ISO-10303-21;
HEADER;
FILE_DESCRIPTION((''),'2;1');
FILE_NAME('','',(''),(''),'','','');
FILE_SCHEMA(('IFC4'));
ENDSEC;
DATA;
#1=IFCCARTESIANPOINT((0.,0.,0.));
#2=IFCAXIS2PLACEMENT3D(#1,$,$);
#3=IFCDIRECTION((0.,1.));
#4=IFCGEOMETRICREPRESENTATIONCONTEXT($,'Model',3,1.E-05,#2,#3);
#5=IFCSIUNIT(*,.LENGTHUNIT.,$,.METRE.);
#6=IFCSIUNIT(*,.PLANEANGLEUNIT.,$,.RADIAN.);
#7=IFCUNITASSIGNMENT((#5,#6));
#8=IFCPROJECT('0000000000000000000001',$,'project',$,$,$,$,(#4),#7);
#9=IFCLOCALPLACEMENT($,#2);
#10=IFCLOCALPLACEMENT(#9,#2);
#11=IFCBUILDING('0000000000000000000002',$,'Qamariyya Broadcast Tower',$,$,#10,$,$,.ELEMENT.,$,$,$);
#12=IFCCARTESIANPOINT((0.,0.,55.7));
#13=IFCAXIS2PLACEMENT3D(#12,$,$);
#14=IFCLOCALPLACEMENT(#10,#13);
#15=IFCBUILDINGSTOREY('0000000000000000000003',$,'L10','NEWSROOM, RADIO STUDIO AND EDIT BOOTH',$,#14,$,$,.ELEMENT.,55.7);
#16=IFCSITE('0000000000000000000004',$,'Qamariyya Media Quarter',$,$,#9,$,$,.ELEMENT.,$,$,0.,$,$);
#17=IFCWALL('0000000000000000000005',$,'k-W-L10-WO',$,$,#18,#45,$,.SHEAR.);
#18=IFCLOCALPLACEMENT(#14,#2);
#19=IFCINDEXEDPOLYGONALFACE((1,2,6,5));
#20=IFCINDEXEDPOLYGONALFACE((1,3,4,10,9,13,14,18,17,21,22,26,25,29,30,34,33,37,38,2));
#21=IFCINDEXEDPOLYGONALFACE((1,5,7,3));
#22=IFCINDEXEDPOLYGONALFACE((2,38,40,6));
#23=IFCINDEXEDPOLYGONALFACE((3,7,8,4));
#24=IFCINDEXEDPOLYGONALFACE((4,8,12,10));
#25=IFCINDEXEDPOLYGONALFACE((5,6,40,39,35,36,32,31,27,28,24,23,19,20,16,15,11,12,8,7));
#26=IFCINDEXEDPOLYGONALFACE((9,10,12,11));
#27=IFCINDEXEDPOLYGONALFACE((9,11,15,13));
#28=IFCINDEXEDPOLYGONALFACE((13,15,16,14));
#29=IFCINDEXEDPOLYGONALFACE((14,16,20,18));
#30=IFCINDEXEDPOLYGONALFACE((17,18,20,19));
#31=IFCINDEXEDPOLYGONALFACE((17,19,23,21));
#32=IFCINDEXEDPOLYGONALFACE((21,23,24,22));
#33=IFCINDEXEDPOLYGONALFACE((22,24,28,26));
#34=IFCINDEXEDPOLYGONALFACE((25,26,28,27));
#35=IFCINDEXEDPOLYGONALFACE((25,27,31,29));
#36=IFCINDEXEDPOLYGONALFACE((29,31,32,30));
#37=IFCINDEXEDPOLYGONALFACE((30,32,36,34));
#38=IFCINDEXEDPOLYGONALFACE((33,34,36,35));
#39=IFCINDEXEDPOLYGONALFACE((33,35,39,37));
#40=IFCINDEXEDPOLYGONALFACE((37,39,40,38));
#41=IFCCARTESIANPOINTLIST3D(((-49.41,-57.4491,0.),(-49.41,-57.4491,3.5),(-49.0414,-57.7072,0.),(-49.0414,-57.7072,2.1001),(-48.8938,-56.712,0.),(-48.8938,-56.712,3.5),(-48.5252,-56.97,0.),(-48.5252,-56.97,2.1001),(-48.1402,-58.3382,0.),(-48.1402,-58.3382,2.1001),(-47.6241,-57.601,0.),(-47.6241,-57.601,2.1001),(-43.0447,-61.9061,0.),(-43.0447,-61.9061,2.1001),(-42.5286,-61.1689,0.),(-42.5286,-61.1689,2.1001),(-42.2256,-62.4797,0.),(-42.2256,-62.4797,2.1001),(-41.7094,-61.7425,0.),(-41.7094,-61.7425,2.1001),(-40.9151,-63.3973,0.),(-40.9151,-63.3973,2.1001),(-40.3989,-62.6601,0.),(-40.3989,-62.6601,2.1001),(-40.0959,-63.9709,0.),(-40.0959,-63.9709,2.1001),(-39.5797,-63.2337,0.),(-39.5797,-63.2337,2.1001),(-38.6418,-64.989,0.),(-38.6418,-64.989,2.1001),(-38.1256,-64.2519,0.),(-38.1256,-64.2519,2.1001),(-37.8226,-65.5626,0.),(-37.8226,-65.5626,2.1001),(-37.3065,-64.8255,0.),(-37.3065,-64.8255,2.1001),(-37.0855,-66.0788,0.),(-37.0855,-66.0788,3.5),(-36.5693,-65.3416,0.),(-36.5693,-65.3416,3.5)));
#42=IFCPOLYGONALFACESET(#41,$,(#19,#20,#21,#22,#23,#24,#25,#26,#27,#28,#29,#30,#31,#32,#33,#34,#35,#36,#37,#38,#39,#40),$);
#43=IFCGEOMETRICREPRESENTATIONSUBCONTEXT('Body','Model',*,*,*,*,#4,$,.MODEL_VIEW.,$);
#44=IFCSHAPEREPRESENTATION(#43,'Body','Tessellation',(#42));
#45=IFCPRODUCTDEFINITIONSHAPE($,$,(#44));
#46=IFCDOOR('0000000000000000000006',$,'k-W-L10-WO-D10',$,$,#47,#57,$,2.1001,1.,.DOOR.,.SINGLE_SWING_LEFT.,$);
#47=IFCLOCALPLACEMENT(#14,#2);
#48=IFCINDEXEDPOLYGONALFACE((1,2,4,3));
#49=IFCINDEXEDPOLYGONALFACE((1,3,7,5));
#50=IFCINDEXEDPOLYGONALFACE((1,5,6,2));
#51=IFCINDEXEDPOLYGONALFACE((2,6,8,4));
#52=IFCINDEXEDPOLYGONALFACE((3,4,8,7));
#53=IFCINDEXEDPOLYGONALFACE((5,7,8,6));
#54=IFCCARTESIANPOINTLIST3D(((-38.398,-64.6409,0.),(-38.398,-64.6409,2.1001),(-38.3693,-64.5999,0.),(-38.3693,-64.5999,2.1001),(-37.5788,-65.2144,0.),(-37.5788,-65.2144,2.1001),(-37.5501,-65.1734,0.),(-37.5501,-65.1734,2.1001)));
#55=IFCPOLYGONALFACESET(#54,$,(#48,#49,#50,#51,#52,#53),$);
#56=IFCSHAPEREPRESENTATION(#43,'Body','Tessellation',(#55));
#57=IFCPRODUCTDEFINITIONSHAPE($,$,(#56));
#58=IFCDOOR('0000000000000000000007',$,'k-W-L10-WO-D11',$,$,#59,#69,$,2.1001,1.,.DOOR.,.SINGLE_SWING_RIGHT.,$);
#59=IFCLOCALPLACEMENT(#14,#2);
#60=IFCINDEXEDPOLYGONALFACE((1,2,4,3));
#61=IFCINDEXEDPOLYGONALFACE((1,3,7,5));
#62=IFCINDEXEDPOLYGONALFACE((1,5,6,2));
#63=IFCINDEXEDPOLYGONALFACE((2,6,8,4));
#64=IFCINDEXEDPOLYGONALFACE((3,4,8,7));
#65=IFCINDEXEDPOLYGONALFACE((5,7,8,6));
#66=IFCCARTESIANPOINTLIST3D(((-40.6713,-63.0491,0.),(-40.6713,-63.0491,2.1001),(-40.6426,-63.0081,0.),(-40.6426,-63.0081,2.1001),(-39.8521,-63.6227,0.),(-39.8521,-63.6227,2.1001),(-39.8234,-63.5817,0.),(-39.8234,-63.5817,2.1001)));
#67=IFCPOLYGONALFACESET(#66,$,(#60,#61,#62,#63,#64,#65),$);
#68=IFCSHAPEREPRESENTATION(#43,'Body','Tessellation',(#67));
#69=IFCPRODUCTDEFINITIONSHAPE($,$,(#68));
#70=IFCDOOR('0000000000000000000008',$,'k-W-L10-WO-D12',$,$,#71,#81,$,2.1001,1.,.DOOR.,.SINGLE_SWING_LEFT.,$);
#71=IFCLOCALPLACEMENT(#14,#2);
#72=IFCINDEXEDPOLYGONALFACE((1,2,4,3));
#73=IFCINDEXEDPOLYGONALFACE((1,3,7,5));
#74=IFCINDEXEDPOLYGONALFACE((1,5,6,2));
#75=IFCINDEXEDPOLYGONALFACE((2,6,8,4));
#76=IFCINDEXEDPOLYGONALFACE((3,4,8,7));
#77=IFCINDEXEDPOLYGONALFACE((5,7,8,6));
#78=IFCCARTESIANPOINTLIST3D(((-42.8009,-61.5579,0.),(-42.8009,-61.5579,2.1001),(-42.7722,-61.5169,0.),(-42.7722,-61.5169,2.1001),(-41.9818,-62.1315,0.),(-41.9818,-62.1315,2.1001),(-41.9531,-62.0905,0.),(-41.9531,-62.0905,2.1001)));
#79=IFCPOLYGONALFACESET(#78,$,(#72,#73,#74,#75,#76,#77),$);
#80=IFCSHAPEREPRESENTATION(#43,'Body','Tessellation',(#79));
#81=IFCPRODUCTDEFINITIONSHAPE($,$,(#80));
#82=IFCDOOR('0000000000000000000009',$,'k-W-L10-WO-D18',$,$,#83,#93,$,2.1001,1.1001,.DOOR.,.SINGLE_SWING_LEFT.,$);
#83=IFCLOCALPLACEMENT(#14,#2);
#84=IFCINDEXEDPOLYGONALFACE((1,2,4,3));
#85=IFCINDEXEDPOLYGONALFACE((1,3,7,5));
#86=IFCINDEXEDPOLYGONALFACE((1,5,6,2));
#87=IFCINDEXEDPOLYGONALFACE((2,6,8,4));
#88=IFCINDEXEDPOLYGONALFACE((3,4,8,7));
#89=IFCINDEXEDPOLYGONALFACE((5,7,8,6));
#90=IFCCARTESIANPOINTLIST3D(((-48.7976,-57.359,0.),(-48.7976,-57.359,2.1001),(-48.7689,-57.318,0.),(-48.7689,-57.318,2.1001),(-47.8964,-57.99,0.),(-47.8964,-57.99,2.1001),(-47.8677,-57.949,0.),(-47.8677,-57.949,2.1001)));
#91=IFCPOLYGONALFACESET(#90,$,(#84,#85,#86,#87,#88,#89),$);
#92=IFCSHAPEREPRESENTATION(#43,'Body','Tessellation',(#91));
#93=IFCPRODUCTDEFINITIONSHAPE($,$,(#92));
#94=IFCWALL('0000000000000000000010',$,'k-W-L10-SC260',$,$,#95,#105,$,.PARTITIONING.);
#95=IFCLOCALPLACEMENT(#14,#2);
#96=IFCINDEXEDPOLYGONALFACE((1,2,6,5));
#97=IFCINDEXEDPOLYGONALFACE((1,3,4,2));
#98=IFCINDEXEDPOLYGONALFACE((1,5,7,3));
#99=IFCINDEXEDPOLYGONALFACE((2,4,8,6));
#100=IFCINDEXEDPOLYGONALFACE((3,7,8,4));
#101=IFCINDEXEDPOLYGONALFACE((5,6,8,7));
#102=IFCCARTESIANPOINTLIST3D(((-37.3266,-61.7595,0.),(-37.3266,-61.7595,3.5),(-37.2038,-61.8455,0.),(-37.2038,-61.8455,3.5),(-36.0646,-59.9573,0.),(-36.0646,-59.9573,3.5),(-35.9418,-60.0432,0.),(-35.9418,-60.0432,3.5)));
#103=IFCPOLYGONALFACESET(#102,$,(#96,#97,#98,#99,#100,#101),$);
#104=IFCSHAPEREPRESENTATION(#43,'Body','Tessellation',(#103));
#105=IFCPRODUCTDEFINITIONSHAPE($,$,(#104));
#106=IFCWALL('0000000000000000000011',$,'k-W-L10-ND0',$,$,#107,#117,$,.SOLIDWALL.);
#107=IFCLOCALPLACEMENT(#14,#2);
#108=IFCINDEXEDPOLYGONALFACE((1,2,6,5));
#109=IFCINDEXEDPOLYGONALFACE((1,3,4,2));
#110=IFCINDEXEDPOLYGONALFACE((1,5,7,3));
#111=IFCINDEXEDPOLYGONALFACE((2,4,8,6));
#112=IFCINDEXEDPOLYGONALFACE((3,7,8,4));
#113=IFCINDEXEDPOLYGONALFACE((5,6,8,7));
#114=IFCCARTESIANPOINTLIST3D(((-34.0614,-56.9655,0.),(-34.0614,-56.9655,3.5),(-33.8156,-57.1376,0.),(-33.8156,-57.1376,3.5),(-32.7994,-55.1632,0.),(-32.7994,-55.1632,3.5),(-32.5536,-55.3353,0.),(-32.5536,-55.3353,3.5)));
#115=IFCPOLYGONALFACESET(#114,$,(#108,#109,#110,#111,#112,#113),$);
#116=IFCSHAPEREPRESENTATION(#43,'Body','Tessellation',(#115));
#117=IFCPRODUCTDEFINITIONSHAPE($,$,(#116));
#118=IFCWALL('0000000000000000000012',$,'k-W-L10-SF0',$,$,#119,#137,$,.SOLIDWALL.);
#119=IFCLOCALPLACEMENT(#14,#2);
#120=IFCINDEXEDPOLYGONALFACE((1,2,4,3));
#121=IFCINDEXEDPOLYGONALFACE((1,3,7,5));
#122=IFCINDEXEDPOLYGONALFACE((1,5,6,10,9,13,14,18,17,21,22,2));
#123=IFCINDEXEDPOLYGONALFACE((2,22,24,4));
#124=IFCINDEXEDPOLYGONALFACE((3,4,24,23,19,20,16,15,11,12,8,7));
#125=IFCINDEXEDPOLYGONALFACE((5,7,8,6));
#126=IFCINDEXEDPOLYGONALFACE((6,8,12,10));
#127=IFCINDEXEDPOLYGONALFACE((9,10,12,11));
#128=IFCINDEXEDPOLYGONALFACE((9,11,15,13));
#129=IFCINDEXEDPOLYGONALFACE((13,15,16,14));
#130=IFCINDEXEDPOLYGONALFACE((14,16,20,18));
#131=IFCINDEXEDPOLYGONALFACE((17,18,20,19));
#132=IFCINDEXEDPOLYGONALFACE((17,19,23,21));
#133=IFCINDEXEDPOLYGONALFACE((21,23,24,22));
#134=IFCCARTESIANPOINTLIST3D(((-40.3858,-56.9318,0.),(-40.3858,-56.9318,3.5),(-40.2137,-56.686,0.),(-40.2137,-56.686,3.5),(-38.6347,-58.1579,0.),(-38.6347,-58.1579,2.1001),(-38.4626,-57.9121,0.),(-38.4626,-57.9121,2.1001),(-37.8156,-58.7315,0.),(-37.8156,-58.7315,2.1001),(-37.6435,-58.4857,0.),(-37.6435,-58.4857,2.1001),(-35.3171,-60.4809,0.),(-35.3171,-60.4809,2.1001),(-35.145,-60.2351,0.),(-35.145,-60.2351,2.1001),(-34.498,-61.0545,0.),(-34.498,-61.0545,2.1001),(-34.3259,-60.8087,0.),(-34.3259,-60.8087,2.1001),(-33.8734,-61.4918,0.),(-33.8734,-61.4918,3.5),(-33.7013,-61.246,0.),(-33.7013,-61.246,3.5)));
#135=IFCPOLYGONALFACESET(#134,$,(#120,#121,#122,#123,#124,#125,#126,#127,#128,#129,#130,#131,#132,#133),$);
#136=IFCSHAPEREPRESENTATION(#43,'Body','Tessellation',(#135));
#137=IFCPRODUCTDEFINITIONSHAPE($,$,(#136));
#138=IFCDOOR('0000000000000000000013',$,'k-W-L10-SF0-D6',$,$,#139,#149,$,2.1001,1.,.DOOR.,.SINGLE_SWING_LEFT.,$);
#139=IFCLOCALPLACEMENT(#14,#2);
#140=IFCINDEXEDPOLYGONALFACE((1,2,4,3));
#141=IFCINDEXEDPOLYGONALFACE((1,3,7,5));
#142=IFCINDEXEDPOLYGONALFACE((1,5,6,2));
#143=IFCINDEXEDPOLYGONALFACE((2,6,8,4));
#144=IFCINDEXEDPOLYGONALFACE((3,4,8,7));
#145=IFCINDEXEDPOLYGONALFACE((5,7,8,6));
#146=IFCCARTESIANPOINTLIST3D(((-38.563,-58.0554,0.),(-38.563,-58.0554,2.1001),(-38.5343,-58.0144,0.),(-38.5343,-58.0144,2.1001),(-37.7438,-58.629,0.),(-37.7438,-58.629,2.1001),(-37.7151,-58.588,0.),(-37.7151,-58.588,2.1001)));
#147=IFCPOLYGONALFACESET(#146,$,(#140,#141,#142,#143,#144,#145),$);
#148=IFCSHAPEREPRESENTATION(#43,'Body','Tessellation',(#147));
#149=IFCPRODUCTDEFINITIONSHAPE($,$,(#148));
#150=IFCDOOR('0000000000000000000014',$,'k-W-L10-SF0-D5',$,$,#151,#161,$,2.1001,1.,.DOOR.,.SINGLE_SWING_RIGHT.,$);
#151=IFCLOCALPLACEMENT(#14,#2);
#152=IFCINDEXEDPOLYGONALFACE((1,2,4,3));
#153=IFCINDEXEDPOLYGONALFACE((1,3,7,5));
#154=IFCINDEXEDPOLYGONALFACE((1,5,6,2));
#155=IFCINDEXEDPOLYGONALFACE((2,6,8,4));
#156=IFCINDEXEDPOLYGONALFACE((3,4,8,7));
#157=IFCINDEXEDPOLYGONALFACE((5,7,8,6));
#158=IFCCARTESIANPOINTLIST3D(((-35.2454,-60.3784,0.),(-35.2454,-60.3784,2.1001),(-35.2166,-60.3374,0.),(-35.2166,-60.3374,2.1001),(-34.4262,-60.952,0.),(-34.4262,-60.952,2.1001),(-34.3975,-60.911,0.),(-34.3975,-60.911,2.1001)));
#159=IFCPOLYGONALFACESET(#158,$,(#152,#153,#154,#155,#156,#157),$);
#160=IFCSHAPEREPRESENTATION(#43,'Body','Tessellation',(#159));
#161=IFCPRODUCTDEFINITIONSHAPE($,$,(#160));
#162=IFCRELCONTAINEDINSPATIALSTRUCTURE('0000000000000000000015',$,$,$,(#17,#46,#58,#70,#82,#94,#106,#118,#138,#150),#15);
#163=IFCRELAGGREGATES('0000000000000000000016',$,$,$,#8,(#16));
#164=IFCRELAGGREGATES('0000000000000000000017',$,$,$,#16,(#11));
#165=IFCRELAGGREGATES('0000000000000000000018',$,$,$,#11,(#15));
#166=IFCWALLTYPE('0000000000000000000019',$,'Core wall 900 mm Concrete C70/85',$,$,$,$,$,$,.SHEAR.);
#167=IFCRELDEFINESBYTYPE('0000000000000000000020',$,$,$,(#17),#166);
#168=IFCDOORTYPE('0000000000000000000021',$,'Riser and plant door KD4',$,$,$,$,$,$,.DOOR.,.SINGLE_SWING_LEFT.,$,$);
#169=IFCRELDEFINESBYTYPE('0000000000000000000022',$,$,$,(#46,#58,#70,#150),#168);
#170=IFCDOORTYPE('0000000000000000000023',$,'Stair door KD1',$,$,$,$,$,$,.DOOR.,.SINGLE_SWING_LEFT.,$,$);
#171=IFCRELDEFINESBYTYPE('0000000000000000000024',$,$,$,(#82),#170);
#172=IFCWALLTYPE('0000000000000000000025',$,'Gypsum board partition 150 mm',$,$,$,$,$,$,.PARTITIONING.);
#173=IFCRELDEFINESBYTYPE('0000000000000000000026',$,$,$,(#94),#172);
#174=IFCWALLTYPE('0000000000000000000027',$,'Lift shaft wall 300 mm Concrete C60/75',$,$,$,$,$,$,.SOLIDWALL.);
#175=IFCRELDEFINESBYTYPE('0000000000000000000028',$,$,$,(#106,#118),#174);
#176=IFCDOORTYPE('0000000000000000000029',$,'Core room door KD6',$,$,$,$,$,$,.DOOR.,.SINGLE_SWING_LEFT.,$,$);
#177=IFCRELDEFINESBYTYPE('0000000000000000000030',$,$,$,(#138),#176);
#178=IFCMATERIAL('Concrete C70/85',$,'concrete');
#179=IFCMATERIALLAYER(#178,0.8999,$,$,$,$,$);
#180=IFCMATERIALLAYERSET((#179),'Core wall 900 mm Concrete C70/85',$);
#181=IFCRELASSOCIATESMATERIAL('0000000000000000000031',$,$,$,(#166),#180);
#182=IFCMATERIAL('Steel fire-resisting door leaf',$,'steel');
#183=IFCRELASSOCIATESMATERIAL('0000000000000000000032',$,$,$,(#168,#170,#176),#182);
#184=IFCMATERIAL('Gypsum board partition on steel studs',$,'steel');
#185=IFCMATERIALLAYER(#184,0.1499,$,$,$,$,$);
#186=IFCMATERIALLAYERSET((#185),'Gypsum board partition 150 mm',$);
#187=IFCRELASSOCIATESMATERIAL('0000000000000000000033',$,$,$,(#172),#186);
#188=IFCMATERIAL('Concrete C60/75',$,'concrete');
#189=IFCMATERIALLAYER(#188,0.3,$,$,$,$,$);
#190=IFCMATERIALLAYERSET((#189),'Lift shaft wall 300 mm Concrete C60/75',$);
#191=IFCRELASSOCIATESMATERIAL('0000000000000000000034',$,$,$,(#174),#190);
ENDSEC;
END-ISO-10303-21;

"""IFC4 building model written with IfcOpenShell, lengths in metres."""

from ifc_helpers import new_model, si_unit, direction, frame, frame_2d, origin, place, context, subcontext, project, spatial, rectangle, extrude, material, layer, layer_set, type_object, element, fill, save


model = new_model("IFC4")

# Units and contexts
model_context = context("Model", 3, precision=1e-05, world=origin(), true_north=direction((0.0, 1.0)))
body_context = subcontext(model_context, "Body", "Model", "MODEL_VIEW")
ifc_project = project(units=[si_unit("LENGTHUNIT", "METRE"), si_unit("PLANEANGLEUNIT", "RADIAN")], contexts=[model_context])

# Site, building, storey
site_placement = place(None, origin())
site = spatial("IfcSite", under=ifc_project, at=site_placement, Name="Qamariyya Media Quarter", CompositionType="ELEMENT", RefElevation=0.0)
building_placement = place(site_placement, origin())
building = spatial("IfcBuilding", under=site, at=building_placement, Name="Qamariyya Broadcast Tower", CompositionType="ELEMENT")
storey_placement = place(building_placement, frame((0.0, 0.0, 55.7)))
storey = spatial("IfcBuildingStorey", under=building, at=storey_placement, Name="L10", Description="NEWSROOM, RADIO STUDIO AND EDIT BOOTH", CompositionType="ELEMENT", Elevation=55.7)

# Shared definitions
ifc_material_1 = material(Name="Concrete C70/85", Category="concrete")

# Shared definitions
ifc_layer_1 = layer(ifc_material_1, 0.8999)
ifc_layer_set_1 = layer_set([ifc_layer_1], Name="Core wall 900 mm Concrete C70/85")
wall_type_1 = type_object("IfcWallType", Name="Core wall 900 mm Concrete C70/85", PredefinedType="SHEAR", material=ifc_layer_set_1)
ifc_material_2 = material(Name="Steel fire-resisting door leaf", Category="steel")

# Wall, openings, doors
wall_1_placement = place(storey_placement, frame((-36.8274, -65.7102, 0.0), z_axis=(0.0, 0.0, 1.0), x_axis=(-0.819153, 0.573575, 0.0)))
wall_1 = element("IfcWall", 1, at=wall_1_placement, inside=storey, type_object=wall_type_1, Name="k-W-L10-WO", PredefinedType="SHEAR", context=body_context, shape_type="SweptSolid", body=[
    extrude(rectangle(XDim=15.0454, YDim=0.8999, at=frame_2d((7.5227, 0.0))), origin(), (0.0, 0.0, 1.0), 3.5),
])
opening_1_placement = place(wall_1_placement, frame((0.8999, 0.0, 0.0)))
opening_1 = element("IfcOpeningElement", 2, at=opening_1_placement, cuts=wall_1, PredefinedType="OPENING", context=body_context, shape_type="SweptSolid", body=[
    extrude(rectangle(XDim=1.0, YDim=2.1001, at=frame_2d((0.5, 1.05))), frame((0.0, 0.46, 0.0), z_axis=(0.0, -1.0, 0.0), x_axis=(1.0, 0.0, 0.0)), (0.0, 0.0, 1.0), 0.9199),
])
opening_2_placement = place(wall_1_placement, frame((3.675, 0.0, 0.0)))
opening_2 = element("IfcOpeningElement", 3, at=opening_2_placement, cuts=wall_1, PredefinedType="OPENING", context=body_context, shape_type="SweptSolid", body=[
    extrude(rectangle(XDim=1.0, YDim=2.1001, at=frame_2d((0.5, 1.05))), frame((0.0, 0.46, 0.0), z_axis=(0.0, -1.0, 0.0), x_axis=(1.0, 0.0, 0.0)), (0.0, 0.0, 1.0), 0.9199),
])
opening_3_placement = place(wall_1_placement, frame((6.2749, 0.0, 0.0)))
opening_3 = element("IfcOpeningElement", 4, at=opening_3_placement, cuts=wall_1, PredefinedType="OPENING", context=body_context, shape_type="SweptSolid", body=[
    extrude(rectangle(XDim=1.0, YDim=2.1001, at=frame_2d((0.5, 1.05))), frame((0.0, 0.46, 0.0), z_axis=(0.0, -1.0, 0.0), x_axis=(1.0, 0.0, 0.0)), (0.0, 0.0, 1.0), 0.9199),
])
opening_4_placement = place(wall_1_placement, frame((13.4954, 0.0, 0.0)))
opening_4 = element("IfcOpeningElement", 5, at=opening_4_placement, cuts=wall_1, PredefinedType="OPENING", context=body_context, shape_type="SweptSolid", body=[
    extrude(rectangle(XDim=1.1001, YDim=2.1001, at=frame_2d((0.55, 1.05))), frame((0.0, 0.46, 0.0), z_axis=(0.0, -1.0, 0.0), x_axis=(1.0, 0.0, 0.0)), (0.0, 0.0, 1.0), 0.9199),
])
door_type_1 = type_object("IfcDoorType", Name="Riser and plant door KD4", OperationType="SINGLE_SWING_LEFT", PredefinedType="DOOR", material=ifc_material_2)
door_1_placement = place(opening_1_placement, origin())
door_1 = element("IfcDoor", 6, at=door_1_placement, inside=storey, type_object=door_type_1, Name="k-W-L10-WO-D10", OperationType="SINGLE_SWING_LEFT", OverallHeight=2.1001, OverallWidth=1.0, PredefinedType="DOOR", context=body_context, shape_type="SweptSolid", body=[
    extrude(rectangle(XDim=1.0, YDim=2.1001, at=frame_2d((0.5, 1.05))), frame((0.0, 0.0249, 0.0), z_axis=(0.0, -1.0, 0.0), x_axis=(1.0, 0.0, 0.0)), (0.0, 0.0, 1.0), 0.05),
])
fill(opening_1, door_1)
door_2_placement = place(opening_2_placement, origin())
door_2 = element("IfcDoor", 7, at=door_2_placement, inside=storey, type_object=door_type_1, Name="k-W-L10-WO-D11", OperationType="SINGLE_SWING_RIGHT", OverallHeight=2.1001, OverallWidth=1.0, PredefinedType="DOOR", context=body_context, shape_type="SweptSolid", body=[
    extrude(rectangle(XDim=1.0, YDim=2.1001, at=frame_2d((0.5, 1.05))), frame((0.0, 0.0249, 0.0), z_axis=(0.0, -1.0, 0.0), x_axis=(1.0, 0.0, 0.0)), (0.0, 0.0, 1.0), 0.05),
])
fill(opening_2, door_2)
door_3_placement = place(opening_3_placement, origin())
door_3 = element("IfcDoor", 8, at=door_3_placement, inside=storey, type_object=door_type_1, Name="k-W-L10-WO-D12", OperationType="SINGLE_SWING_LEFT", OverallHeight=2.1001, OverallWidth=1.0, PredefinedType="DOOR", context=body_context, shape_type="SweptSolid", body=[
    extrude(rectangle(XDim=1.0, YDim=2.1001, at=frame_2d((0.5, 1.05))), frame((0.0, 0.0249, 0.0), z_axis=(0.0, -1.0, 0.0), x_axis=(1.0, 0.0, 0.0)), (0.0, 0.0, 1.0), 0.05),
])
fill(opening_3, door_3)
door_type_2 = type_object("IfcDoorType", Name="Stair door KD1", OperationType="SINGLE_SWING_LEFT", PredefinedType="DOOR", material=ifc_material_2)
door_4_placement = place(opening_4_placement, origin())
door_4 = element("IfcDoor", 9, at=door_4_placement, inside=storey, type_object=door_type_2, Name="k-W-L10-WO-D18", OperationType="SINGLE_SWING_LEFT", OverallHeight=2.1001, OverallWidth=1.1001, PredefinedType="DOOR", context=body_context, shape_type="SweptSolid", body=[
    extrude(rectangle(XDim=1.1001, YDim=2.1001, at=frame_2d((0.55, 1.05))), frame((0.0, 0.0249, 0.0), z_axis=(0.0, -1.0, 0.0), x_axis=(1.0, 0.0, 0.0)), (0.0, 0.0, 1.0), 0.05),
])
fill(opening_4, door_4)

# Walls
ifc_material_3 = material(Name="Gypsum board partition on steel studs", Category="steel")
ifc_layer_2 = layer(ifc_material_3, 0.1499)
ifc_layer_set_2 = layer_set([ifc_layer_2], Name="Gypsum board partition 150 mm")
wall_type_2 = type_object("IfcWallType", Name="Gypsum board partition 150 mm", PredefinedType="PARTITIONING", material=ifc_layer_set_2)
wall_2_placement = place(storey_placement, frame((-36.0032, -60.0002, 0.0), z_axis=(0.0, 0.0, 1.0), x_axis=(-0.573581, -0.819149, 0.0)))
element("IfcWall", 10, at=wall_2_placement, inside=storey, type_object=wall_type_2, Name="k-W-L10-SC260", PredefinedType="PARTITIONING", context=body_context, shape_type="SweptSolid", body=[
    extrude(rectangle(XDim=2.2002, YDim=0.1499, at=frame_2d((1.1001, 0.0))), origin(), (0.0, 0.0, 1.0), 3.5),
])
ifc_material_4 = material(Name="Concrete C60/75", Category="concrete")
ifc_layer_3 = layer(ifc_material_4, 0.3)
ifc_layer_set_3 = layer_set([ifc_layer_3], Name="Lift shaft wall 300 mm Concrete C60/75")
wall_type_3 = type_object("IfcWallType", Name="Lift shaft wall 300 mm Concrete C60/75", PredefinedType="SOLIDWALL", material=ifc_layer_set_3)
wall_3_placement = place(storey_placement, frame((-33.9385, -57.0515, 0.0), z_axis=(0.0, 0.0, 1.0), x_axis=(0.573581, 0.819149, 0.0)))
element("IfcWall", 11, at=wall_3_placement, inside=storey, type_object=wall_type_3, Name="k-W-L10-ND0", PredefinedType="SOLIDWALL", context=body_context, shape_type="SweptSolid", body=[
    extrude(rectangle(XDim=2.2002, YDim=0.3, at=frame_2d((1.1001, 0.0))), origin(), (0.0, 0.0, 1.0), 3.5),
])

# Wall, openings, doors
wall_4_placement = place(storey_placement, frame((-33.7874, -61.3689, 0.0), z_axis=(0.0, 0.0, 1.0), x_axis=(-0.819153, 0.573576, 0.0)))
wall_4 = element("IfcWall", 12, at=wall_4_placement, inside=storey, type_object=wall_type_3, Name="k-W-L10-SF0", PredefinedType="SOLIDWALL", context=body_context, shape_type="SweptSolid", body=[
    extrude(rectangle(XDim=7.9502, YDim=0.3, at=frame_2d((3.9751, 0.0))), origin(), (0.0, 0.0, 1.0), 3.5),
])
opening_5_placement = place(wall_4_placement, frame((0.7625, 0.0, 0.0)))
opening_5 = element("IfcOpeningElement", 13, at=opening_5_placement, cuts=wall_4, PredefinedType="OPENING", context=body_context, shape_type="SweptSolid", body=[
    extrude(rectangle(XDim=1.0, YDim=2.1001, at=frame_2d((0.5, 1.05))), frame((0.0, 0.1599, 0.0), z_axis=(0.0, -1.0, 0.0), x_axis=(1.0, 0.0, 0.0)), (0.0, 0.0, 1.0), 0.3201),
])
opening_6_placement = place(wall_4_placement, frame((4.8125, 0.0, 0.0)))
opening_6 = element("IfcOpeningElement", 14, at=opening_6_placement, cuts=wall_4, PredefinedType="OPENING", context=body_context, shape_type="SweptSolid", body=[
    extrude(rectangle(XDim=1.0, YDim=2.1001, at=frame_2d((0.5, 1.05))), frame((0.0, 0.1599, 0.0), z_axis=(0.0, -1.0, 0.0), x_axis=(1.0, 0.0, 0.0)), (0.0, 0.0, 1.0), 0.3201),
])
door_type_3 = type_object("IfcDoorType", Name="Core room door KD6", OperationType="SINGLE_SWING_LEFT", PredefinedType="DOOR", material=ifc_material_2)
door_5_placement = place(opening_6_placement, origin())
door_5 = element("IfcDoor", 15, at=door_5_placement, inside=storey, type_object=door_type_3, Name="k-W-L10-SF0-D6", OperationType="SINGLE_SWING_LEFT", OverallHeight=2.1001, OverallWidth=1.0, PredefinedType="DOOR", context=body_context, shape_type="SweptSolid", body=[
    extrude(rectangle(XDim=1.0, YDim=2.1001, at=frame_2d((0.5, 1.05))), frame((0.0, 0.0249, 0.0), z_axis=(0.0, -1.0, 0.0), x_axis=(1.0, 0.0, 0.0)), (0.0, 0.0, 1.0), 0.05),
])
fill(opening_6, door_5)
door_6_placement = place(opening_5_placement, origin())
door_6 = element("IfcDoor", 16, at=door_6_placement, inside=storey, type_object=door_type_1, Name="k-W-L10-SF0-D5", OperationType="SINGLE_SWING_RIGHT", OverallHeight=2.1001, OverallWidth=1.0, PredefinedType="DOOR", context=body_context, shape_type="SweptSolid", body=[
    extrude(rectangle(XDim=1.0, YDim=2.1001, at=frame_2d((0.5, 1.05))), frame((0.0, 0.0249, 0.0), z_axis=(0.0, -1.0, 0.0), x_axis=(1.0, 0.0, 0.0)), (0.0, 0.0, 1.0), 0.05),
])
fill(opening_5, door_6)

save(model, "model.ifc")
